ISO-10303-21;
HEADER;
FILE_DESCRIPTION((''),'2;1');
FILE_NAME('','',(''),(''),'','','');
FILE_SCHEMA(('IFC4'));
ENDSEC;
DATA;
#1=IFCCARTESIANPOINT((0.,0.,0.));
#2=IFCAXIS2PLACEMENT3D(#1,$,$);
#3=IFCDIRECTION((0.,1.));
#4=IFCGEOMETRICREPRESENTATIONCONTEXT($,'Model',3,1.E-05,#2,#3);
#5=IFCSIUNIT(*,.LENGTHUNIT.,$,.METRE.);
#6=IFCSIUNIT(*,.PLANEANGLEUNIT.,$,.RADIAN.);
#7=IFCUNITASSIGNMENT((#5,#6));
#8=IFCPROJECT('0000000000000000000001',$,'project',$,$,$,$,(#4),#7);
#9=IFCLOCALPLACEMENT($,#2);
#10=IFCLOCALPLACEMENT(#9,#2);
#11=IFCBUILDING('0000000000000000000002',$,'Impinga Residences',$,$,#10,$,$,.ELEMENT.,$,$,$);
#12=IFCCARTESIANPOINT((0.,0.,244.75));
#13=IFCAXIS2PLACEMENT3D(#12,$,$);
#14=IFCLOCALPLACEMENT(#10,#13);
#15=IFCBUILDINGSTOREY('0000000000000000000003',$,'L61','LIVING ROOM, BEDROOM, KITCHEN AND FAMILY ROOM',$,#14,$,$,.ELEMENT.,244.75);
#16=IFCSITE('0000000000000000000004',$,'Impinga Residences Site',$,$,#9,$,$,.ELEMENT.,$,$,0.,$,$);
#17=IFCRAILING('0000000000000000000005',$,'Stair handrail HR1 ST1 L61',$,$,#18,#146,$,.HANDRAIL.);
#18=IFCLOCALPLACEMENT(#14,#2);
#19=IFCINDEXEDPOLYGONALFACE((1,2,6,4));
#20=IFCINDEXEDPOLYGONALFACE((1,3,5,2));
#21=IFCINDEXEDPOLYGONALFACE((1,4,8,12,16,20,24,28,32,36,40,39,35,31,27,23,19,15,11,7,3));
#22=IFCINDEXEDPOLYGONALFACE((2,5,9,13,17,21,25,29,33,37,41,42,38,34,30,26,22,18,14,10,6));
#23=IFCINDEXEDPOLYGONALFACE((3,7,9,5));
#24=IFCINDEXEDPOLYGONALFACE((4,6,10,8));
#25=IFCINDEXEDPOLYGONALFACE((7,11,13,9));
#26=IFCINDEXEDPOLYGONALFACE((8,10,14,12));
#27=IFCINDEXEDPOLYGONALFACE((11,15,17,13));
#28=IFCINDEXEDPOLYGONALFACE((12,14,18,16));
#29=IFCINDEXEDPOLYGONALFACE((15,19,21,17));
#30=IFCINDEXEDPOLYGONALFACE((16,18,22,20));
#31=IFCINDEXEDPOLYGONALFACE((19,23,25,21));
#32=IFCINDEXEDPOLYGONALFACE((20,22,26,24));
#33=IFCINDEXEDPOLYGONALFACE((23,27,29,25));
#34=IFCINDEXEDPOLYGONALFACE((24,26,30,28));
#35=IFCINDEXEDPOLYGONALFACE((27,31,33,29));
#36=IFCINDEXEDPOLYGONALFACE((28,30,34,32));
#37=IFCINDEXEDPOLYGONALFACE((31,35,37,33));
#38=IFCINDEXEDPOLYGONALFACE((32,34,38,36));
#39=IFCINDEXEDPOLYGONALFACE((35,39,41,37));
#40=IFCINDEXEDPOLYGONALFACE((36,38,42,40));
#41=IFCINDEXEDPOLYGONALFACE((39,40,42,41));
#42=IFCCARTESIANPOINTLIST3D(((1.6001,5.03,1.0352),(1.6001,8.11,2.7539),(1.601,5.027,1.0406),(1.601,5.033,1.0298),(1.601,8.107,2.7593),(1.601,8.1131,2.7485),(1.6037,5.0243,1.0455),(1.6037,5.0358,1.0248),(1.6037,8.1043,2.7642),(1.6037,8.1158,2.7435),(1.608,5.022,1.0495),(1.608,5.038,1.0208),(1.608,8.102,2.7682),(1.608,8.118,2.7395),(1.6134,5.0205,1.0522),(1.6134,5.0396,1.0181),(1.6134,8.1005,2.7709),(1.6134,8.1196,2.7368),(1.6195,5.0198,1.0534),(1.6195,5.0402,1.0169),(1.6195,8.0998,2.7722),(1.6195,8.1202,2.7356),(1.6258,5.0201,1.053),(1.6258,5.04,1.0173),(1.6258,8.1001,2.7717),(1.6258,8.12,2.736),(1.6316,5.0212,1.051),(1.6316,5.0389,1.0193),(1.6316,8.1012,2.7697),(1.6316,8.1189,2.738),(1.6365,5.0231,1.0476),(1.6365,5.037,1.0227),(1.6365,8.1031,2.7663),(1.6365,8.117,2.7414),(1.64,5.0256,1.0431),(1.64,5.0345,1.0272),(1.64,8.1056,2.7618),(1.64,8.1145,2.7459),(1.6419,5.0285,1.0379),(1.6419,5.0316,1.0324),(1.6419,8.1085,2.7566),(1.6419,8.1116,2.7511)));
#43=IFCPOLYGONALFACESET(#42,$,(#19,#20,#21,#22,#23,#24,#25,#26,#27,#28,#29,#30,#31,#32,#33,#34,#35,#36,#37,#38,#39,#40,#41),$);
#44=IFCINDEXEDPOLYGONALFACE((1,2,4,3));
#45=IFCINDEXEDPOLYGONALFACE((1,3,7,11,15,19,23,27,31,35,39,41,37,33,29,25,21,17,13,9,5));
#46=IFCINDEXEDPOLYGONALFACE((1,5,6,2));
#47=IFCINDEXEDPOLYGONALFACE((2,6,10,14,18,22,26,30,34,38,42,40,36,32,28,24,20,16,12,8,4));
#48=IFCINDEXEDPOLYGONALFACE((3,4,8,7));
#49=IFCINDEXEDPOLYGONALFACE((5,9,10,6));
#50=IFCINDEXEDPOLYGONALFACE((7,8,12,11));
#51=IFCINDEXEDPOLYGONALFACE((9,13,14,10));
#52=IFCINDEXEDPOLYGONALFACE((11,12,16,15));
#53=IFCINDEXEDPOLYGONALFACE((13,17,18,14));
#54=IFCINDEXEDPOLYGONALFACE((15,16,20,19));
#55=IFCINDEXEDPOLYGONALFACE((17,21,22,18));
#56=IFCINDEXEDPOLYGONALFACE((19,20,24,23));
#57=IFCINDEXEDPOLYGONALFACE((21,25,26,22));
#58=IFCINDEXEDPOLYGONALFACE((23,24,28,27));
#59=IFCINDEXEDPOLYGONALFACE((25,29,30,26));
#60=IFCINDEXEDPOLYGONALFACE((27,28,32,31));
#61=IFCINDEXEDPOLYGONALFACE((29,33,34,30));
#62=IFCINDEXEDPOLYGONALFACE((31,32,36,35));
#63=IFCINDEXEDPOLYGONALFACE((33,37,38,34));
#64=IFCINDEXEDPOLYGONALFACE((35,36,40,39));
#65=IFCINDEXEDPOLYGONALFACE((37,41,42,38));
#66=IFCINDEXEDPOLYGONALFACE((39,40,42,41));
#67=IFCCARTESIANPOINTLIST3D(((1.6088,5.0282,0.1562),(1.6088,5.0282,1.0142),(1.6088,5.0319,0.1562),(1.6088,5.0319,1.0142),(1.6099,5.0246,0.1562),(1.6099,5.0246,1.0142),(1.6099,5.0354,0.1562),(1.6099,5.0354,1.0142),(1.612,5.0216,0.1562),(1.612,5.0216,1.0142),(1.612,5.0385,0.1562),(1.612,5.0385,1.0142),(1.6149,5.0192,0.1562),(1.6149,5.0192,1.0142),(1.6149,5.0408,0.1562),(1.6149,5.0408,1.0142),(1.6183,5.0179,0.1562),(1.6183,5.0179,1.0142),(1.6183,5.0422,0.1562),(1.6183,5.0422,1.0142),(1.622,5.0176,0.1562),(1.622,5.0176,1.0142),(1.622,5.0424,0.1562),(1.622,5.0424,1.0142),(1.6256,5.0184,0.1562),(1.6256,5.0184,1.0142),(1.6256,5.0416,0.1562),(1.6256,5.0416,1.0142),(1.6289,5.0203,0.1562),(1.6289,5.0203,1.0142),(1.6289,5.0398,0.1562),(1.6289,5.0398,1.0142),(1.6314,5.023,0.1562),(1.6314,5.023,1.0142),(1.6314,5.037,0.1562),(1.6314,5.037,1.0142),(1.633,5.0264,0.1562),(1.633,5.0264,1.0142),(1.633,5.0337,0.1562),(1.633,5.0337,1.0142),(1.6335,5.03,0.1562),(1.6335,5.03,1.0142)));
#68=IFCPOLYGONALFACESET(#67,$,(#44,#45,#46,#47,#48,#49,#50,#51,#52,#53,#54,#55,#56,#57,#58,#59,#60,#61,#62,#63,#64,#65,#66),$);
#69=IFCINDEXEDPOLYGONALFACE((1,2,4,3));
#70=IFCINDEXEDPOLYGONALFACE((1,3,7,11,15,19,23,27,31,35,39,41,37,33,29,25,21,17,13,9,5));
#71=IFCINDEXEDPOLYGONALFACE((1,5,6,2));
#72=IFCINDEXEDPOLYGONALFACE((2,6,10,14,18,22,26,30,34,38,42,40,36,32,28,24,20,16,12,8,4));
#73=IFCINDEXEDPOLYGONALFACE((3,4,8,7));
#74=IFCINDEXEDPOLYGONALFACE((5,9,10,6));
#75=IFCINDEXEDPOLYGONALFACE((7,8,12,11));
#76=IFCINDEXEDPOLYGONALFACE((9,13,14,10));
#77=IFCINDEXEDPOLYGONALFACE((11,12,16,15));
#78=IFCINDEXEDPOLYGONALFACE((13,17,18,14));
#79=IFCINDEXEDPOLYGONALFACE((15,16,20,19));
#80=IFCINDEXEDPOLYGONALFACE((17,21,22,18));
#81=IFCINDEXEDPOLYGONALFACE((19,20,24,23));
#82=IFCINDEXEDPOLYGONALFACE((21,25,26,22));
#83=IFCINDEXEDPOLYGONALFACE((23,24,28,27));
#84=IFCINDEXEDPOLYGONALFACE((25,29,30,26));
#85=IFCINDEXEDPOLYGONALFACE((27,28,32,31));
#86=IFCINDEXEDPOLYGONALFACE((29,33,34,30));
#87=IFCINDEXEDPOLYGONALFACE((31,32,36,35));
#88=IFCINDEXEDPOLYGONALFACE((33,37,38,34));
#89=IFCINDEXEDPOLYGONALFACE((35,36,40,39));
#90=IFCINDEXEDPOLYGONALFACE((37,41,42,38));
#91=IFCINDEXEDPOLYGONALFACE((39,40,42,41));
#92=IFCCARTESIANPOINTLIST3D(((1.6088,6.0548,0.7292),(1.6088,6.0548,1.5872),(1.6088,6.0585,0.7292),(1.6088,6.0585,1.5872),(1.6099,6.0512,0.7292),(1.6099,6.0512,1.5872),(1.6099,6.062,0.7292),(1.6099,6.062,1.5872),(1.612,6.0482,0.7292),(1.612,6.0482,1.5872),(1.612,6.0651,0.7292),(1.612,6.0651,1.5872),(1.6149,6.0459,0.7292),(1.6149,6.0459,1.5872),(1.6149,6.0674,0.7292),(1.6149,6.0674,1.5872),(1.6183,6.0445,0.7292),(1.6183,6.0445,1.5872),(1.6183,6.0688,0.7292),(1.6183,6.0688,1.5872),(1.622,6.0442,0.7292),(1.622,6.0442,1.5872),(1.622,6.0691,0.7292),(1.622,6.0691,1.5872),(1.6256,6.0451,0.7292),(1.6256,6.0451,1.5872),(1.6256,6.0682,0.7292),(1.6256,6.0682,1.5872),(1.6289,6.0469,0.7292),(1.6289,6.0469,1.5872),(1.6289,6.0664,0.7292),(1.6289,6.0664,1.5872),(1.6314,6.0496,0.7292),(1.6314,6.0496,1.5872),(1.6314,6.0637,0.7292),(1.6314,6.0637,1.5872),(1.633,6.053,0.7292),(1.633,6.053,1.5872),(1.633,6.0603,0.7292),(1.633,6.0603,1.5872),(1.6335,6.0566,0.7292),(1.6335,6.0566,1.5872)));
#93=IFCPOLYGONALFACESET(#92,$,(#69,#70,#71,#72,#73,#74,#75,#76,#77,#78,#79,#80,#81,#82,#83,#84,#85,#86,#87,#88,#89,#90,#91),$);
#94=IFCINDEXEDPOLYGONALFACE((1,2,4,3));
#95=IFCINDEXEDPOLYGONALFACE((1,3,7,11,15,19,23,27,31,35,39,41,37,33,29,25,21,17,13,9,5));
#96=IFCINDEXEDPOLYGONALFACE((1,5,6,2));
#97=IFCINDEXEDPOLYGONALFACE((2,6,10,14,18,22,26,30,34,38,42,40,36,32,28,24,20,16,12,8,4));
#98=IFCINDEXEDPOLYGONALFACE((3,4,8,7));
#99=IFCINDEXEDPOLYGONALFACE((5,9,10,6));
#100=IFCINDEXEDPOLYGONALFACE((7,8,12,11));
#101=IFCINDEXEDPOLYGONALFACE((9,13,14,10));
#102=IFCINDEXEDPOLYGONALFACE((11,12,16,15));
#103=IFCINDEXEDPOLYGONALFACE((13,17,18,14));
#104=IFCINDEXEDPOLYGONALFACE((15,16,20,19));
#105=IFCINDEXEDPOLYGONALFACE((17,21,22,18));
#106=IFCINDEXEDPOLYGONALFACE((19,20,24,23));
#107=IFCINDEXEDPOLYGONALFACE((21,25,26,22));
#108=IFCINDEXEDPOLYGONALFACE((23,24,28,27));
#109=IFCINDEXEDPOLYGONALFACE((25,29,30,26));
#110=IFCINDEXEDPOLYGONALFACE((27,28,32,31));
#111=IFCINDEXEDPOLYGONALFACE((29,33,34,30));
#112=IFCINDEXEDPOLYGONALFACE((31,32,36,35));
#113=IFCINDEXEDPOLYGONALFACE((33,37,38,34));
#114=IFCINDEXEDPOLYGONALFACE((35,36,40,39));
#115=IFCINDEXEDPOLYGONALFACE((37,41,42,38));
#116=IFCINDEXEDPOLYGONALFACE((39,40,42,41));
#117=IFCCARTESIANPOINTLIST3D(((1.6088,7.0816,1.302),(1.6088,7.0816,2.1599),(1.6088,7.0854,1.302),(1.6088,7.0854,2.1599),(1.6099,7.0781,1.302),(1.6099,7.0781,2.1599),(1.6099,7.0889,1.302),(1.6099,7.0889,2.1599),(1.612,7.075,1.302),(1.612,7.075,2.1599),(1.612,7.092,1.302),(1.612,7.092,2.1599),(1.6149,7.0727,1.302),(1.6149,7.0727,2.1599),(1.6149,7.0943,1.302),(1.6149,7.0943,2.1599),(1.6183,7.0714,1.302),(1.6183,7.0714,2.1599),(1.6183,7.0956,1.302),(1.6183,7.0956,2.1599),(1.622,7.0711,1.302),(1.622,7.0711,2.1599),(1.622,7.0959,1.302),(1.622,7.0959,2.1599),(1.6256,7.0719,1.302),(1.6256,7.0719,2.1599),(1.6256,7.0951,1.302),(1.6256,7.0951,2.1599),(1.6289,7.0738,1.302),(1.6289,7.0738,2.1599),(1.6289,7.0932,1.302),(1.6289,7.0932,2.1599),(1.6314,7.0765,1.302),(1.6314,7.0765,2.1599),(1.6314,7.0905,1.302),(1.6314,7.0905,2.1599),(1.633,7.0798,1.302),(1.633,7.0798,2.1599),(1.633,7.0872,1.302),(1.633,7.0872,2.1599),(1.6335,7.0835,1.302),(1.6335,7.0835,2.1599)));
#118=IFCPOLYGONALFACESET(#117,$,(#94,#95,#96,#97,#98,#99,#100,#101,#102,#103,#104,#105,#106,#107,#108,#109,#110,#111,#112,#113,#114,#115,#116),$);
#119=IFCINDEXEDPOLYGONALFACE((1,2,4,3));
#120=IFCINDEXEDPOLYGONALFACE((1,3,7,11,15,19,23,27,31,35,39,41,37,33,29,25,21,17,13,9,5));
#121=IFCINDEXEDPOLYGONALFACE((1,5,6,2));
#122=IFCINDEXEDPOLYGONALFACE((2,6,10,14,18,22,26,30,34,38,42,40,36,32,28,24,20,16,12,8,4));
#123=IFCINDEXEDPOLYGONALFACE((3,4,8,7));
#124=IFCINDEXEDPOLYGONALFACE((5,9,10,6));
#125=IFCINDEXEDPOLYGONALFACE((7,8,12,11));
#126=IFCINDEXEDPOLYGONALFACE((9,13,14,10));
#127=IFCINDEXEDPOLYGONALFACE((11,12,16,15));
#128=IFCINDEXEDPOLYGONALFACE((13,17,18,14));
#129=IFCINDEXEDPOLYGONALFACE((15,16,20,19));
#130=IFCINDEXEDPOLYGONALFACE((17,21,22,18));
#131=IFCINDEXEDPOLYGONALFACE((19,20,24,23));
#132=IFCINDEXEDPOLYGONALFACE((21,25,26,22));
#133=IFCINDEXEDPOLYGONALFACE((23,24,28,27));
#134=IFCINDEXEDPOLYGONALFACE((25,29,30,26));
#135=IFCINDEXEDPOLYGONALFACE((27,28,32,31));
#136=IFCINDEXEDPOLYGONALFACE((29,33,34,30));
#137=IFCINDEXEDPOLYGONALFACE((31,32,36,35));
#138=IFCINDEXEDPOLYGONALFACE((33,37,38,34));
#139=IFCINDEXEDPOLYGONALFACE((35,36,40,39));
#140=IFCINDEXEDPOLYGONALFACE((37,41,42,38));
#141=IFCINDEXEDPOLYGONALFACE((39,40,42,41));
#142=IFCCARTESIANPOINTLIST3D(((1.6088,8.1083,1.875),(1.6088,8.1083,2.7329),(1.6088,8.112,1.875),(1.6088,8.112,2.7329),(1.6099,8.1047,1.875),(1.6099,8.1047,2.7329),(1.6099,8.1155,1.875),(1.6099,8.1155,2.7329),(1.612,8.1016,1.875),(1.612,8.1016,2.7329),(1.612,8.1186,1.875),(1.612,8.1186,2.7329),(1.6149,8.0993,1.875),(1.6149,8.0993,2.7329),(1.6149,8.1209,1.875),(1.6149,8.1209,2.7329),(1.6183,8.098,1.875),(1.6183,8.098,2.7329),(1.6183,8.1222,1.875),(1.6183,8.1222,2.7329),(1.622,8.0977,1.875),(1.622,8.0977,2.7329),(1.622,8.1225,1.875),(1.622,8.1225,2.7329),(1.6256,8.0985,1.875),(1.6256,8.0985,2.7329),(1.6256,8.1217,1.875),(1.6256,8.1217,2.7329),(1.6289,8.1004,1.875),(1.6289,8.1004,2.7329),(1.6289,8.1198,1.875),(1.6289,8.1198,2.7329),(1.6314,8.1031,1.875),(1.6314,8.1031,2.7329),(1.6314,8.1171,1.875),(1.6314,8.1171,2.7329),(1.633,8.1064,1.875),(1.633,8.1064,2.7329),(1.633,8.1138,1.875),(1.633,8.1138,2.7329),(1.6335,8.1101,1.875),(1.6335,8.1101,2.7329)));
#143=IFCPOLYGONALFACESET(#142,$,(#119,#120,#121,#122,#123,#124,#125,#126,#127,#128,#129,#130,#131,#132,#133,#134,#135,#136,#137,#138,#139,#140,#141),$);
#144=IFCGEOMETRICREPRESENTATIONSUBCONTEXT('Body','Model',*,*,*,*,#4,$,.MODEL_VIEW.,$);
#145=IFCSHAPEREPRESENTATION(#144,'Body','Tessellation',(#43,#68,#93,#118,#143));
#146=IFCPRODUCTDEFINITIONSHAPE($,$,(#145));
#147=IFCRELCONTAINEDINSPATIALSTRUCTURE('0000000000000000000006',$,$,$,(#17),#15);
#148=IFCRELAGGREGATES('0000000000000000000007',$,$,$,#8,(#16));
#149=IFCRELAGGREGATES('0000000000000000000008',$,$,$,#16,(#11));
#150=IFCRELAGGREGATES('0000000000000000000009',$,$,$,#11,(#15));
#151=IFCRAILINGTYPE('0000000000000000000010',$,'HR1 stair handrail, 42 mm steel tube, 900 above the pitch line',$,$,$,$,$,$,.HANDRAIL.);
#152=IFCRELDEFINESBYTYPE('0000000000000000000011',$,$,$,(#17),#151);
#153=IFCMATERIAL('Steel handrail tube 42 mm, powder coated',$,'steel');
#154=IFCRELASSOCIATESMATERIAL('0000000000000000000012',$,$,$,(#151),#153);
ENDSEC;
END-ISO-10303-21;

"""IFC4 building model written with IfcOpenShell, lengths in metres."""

from ifc_helpers import new_model, si_unit, direction, frame, origin, origin_2d, place, context, subcontext, project, spatial, circle, extrude, material, type_object, element, save


model = new_model("IFC4")

# Units and contexts
model_context = context("Model", 3, precision=1e-05, world=origin(), true_north=direction((0.0, 1.0)))
body_context = subcontext(model_context, "Body", "Model", "MODEL_VIEW")
ifc_project = project(units=[si_unit("LENGTHUNIT", "METRE"), si_unit("PLANEANGLEUNIT", "RADIAN")], contexts=[model_context])

# Site, building, storey
site_placement = place(None, origin())
site = spatial("IfcSite", under=ifc_project, at=site_placement, Name="Impinga Residences Site", CompositionType="ELEMENT", RefElevation=0.0)
building_placement = place(site_placement, origin())
building = spatial("IfcBuilding", under=site, at=building_placement, Name="Impinga Residences", CompositionType="ELEMENT")
storey_placement = place(building_placement, frame((0.0, 0.0, 244.75)))
storey = spatial("IfcBuildingStorey", under=building, at=storey_placement, Name="L61", Description="LIVING ROOM, BEDROOM, KITCHEN AND FAMILY ROOM", CompositionType="ELEMENT", Elevation=244.75)

# Railing
ifc_material_1 = material(Name="Steel handrail tube 42 mm, powder coated", Category="steel")
railing_type_1 = type_object("IfcRailingType", Name="HR1 stair handrail, 42 mm steel tube, 900 above the pitch line", PredefinedType="HANDRAIL", material=ifc_material_1)
railing_1_placement = place(storey_placement, frame((1.6211, 5.03, 0.1562)))
element("IfcRailing", 1, at=railing_1_placement, inside=storey, type_object=railing_type_1, Name="Stair handrail HR1 ST1 L61", PredefinedType="HANDRAIL", context=body_context, shape_type="SweptSolid", body=[
    extrude(circle(Radius=0.021, at=origin_2d()), frame((0.0, 0.0, 0.8789), z_axis=(0.0, 0.873242, 0.487288), x_axis=(-1.0, 0.0, 0.0)), (0.0, 0.0, 1.0), 3.5271),
    extrude(circle(Radius=0.0125, at=origin_2d()), origin(), (0.0, 0.0, 1.0), 0.8579),
    extrude(circle(Radius=0.0125, at=origin_2d()), frame((0.0, 1.0266, 0.573)), (0.0, 0.0, 1.0), 0.8579),
    extrude(circle(Radius=0.0125, at=origin_2d()), frame((0.0, 2.0535, 1.1458)), (0.0, 0.0, 1.0), 0.8579),
    extrude(circle(Radius=0.0125, at=origin_2d()), frame((0.0, 3.0801, 1.7188)), (0.0, 0.0, 1.0), 0.8579),
])

save(model, "model.ifc")
